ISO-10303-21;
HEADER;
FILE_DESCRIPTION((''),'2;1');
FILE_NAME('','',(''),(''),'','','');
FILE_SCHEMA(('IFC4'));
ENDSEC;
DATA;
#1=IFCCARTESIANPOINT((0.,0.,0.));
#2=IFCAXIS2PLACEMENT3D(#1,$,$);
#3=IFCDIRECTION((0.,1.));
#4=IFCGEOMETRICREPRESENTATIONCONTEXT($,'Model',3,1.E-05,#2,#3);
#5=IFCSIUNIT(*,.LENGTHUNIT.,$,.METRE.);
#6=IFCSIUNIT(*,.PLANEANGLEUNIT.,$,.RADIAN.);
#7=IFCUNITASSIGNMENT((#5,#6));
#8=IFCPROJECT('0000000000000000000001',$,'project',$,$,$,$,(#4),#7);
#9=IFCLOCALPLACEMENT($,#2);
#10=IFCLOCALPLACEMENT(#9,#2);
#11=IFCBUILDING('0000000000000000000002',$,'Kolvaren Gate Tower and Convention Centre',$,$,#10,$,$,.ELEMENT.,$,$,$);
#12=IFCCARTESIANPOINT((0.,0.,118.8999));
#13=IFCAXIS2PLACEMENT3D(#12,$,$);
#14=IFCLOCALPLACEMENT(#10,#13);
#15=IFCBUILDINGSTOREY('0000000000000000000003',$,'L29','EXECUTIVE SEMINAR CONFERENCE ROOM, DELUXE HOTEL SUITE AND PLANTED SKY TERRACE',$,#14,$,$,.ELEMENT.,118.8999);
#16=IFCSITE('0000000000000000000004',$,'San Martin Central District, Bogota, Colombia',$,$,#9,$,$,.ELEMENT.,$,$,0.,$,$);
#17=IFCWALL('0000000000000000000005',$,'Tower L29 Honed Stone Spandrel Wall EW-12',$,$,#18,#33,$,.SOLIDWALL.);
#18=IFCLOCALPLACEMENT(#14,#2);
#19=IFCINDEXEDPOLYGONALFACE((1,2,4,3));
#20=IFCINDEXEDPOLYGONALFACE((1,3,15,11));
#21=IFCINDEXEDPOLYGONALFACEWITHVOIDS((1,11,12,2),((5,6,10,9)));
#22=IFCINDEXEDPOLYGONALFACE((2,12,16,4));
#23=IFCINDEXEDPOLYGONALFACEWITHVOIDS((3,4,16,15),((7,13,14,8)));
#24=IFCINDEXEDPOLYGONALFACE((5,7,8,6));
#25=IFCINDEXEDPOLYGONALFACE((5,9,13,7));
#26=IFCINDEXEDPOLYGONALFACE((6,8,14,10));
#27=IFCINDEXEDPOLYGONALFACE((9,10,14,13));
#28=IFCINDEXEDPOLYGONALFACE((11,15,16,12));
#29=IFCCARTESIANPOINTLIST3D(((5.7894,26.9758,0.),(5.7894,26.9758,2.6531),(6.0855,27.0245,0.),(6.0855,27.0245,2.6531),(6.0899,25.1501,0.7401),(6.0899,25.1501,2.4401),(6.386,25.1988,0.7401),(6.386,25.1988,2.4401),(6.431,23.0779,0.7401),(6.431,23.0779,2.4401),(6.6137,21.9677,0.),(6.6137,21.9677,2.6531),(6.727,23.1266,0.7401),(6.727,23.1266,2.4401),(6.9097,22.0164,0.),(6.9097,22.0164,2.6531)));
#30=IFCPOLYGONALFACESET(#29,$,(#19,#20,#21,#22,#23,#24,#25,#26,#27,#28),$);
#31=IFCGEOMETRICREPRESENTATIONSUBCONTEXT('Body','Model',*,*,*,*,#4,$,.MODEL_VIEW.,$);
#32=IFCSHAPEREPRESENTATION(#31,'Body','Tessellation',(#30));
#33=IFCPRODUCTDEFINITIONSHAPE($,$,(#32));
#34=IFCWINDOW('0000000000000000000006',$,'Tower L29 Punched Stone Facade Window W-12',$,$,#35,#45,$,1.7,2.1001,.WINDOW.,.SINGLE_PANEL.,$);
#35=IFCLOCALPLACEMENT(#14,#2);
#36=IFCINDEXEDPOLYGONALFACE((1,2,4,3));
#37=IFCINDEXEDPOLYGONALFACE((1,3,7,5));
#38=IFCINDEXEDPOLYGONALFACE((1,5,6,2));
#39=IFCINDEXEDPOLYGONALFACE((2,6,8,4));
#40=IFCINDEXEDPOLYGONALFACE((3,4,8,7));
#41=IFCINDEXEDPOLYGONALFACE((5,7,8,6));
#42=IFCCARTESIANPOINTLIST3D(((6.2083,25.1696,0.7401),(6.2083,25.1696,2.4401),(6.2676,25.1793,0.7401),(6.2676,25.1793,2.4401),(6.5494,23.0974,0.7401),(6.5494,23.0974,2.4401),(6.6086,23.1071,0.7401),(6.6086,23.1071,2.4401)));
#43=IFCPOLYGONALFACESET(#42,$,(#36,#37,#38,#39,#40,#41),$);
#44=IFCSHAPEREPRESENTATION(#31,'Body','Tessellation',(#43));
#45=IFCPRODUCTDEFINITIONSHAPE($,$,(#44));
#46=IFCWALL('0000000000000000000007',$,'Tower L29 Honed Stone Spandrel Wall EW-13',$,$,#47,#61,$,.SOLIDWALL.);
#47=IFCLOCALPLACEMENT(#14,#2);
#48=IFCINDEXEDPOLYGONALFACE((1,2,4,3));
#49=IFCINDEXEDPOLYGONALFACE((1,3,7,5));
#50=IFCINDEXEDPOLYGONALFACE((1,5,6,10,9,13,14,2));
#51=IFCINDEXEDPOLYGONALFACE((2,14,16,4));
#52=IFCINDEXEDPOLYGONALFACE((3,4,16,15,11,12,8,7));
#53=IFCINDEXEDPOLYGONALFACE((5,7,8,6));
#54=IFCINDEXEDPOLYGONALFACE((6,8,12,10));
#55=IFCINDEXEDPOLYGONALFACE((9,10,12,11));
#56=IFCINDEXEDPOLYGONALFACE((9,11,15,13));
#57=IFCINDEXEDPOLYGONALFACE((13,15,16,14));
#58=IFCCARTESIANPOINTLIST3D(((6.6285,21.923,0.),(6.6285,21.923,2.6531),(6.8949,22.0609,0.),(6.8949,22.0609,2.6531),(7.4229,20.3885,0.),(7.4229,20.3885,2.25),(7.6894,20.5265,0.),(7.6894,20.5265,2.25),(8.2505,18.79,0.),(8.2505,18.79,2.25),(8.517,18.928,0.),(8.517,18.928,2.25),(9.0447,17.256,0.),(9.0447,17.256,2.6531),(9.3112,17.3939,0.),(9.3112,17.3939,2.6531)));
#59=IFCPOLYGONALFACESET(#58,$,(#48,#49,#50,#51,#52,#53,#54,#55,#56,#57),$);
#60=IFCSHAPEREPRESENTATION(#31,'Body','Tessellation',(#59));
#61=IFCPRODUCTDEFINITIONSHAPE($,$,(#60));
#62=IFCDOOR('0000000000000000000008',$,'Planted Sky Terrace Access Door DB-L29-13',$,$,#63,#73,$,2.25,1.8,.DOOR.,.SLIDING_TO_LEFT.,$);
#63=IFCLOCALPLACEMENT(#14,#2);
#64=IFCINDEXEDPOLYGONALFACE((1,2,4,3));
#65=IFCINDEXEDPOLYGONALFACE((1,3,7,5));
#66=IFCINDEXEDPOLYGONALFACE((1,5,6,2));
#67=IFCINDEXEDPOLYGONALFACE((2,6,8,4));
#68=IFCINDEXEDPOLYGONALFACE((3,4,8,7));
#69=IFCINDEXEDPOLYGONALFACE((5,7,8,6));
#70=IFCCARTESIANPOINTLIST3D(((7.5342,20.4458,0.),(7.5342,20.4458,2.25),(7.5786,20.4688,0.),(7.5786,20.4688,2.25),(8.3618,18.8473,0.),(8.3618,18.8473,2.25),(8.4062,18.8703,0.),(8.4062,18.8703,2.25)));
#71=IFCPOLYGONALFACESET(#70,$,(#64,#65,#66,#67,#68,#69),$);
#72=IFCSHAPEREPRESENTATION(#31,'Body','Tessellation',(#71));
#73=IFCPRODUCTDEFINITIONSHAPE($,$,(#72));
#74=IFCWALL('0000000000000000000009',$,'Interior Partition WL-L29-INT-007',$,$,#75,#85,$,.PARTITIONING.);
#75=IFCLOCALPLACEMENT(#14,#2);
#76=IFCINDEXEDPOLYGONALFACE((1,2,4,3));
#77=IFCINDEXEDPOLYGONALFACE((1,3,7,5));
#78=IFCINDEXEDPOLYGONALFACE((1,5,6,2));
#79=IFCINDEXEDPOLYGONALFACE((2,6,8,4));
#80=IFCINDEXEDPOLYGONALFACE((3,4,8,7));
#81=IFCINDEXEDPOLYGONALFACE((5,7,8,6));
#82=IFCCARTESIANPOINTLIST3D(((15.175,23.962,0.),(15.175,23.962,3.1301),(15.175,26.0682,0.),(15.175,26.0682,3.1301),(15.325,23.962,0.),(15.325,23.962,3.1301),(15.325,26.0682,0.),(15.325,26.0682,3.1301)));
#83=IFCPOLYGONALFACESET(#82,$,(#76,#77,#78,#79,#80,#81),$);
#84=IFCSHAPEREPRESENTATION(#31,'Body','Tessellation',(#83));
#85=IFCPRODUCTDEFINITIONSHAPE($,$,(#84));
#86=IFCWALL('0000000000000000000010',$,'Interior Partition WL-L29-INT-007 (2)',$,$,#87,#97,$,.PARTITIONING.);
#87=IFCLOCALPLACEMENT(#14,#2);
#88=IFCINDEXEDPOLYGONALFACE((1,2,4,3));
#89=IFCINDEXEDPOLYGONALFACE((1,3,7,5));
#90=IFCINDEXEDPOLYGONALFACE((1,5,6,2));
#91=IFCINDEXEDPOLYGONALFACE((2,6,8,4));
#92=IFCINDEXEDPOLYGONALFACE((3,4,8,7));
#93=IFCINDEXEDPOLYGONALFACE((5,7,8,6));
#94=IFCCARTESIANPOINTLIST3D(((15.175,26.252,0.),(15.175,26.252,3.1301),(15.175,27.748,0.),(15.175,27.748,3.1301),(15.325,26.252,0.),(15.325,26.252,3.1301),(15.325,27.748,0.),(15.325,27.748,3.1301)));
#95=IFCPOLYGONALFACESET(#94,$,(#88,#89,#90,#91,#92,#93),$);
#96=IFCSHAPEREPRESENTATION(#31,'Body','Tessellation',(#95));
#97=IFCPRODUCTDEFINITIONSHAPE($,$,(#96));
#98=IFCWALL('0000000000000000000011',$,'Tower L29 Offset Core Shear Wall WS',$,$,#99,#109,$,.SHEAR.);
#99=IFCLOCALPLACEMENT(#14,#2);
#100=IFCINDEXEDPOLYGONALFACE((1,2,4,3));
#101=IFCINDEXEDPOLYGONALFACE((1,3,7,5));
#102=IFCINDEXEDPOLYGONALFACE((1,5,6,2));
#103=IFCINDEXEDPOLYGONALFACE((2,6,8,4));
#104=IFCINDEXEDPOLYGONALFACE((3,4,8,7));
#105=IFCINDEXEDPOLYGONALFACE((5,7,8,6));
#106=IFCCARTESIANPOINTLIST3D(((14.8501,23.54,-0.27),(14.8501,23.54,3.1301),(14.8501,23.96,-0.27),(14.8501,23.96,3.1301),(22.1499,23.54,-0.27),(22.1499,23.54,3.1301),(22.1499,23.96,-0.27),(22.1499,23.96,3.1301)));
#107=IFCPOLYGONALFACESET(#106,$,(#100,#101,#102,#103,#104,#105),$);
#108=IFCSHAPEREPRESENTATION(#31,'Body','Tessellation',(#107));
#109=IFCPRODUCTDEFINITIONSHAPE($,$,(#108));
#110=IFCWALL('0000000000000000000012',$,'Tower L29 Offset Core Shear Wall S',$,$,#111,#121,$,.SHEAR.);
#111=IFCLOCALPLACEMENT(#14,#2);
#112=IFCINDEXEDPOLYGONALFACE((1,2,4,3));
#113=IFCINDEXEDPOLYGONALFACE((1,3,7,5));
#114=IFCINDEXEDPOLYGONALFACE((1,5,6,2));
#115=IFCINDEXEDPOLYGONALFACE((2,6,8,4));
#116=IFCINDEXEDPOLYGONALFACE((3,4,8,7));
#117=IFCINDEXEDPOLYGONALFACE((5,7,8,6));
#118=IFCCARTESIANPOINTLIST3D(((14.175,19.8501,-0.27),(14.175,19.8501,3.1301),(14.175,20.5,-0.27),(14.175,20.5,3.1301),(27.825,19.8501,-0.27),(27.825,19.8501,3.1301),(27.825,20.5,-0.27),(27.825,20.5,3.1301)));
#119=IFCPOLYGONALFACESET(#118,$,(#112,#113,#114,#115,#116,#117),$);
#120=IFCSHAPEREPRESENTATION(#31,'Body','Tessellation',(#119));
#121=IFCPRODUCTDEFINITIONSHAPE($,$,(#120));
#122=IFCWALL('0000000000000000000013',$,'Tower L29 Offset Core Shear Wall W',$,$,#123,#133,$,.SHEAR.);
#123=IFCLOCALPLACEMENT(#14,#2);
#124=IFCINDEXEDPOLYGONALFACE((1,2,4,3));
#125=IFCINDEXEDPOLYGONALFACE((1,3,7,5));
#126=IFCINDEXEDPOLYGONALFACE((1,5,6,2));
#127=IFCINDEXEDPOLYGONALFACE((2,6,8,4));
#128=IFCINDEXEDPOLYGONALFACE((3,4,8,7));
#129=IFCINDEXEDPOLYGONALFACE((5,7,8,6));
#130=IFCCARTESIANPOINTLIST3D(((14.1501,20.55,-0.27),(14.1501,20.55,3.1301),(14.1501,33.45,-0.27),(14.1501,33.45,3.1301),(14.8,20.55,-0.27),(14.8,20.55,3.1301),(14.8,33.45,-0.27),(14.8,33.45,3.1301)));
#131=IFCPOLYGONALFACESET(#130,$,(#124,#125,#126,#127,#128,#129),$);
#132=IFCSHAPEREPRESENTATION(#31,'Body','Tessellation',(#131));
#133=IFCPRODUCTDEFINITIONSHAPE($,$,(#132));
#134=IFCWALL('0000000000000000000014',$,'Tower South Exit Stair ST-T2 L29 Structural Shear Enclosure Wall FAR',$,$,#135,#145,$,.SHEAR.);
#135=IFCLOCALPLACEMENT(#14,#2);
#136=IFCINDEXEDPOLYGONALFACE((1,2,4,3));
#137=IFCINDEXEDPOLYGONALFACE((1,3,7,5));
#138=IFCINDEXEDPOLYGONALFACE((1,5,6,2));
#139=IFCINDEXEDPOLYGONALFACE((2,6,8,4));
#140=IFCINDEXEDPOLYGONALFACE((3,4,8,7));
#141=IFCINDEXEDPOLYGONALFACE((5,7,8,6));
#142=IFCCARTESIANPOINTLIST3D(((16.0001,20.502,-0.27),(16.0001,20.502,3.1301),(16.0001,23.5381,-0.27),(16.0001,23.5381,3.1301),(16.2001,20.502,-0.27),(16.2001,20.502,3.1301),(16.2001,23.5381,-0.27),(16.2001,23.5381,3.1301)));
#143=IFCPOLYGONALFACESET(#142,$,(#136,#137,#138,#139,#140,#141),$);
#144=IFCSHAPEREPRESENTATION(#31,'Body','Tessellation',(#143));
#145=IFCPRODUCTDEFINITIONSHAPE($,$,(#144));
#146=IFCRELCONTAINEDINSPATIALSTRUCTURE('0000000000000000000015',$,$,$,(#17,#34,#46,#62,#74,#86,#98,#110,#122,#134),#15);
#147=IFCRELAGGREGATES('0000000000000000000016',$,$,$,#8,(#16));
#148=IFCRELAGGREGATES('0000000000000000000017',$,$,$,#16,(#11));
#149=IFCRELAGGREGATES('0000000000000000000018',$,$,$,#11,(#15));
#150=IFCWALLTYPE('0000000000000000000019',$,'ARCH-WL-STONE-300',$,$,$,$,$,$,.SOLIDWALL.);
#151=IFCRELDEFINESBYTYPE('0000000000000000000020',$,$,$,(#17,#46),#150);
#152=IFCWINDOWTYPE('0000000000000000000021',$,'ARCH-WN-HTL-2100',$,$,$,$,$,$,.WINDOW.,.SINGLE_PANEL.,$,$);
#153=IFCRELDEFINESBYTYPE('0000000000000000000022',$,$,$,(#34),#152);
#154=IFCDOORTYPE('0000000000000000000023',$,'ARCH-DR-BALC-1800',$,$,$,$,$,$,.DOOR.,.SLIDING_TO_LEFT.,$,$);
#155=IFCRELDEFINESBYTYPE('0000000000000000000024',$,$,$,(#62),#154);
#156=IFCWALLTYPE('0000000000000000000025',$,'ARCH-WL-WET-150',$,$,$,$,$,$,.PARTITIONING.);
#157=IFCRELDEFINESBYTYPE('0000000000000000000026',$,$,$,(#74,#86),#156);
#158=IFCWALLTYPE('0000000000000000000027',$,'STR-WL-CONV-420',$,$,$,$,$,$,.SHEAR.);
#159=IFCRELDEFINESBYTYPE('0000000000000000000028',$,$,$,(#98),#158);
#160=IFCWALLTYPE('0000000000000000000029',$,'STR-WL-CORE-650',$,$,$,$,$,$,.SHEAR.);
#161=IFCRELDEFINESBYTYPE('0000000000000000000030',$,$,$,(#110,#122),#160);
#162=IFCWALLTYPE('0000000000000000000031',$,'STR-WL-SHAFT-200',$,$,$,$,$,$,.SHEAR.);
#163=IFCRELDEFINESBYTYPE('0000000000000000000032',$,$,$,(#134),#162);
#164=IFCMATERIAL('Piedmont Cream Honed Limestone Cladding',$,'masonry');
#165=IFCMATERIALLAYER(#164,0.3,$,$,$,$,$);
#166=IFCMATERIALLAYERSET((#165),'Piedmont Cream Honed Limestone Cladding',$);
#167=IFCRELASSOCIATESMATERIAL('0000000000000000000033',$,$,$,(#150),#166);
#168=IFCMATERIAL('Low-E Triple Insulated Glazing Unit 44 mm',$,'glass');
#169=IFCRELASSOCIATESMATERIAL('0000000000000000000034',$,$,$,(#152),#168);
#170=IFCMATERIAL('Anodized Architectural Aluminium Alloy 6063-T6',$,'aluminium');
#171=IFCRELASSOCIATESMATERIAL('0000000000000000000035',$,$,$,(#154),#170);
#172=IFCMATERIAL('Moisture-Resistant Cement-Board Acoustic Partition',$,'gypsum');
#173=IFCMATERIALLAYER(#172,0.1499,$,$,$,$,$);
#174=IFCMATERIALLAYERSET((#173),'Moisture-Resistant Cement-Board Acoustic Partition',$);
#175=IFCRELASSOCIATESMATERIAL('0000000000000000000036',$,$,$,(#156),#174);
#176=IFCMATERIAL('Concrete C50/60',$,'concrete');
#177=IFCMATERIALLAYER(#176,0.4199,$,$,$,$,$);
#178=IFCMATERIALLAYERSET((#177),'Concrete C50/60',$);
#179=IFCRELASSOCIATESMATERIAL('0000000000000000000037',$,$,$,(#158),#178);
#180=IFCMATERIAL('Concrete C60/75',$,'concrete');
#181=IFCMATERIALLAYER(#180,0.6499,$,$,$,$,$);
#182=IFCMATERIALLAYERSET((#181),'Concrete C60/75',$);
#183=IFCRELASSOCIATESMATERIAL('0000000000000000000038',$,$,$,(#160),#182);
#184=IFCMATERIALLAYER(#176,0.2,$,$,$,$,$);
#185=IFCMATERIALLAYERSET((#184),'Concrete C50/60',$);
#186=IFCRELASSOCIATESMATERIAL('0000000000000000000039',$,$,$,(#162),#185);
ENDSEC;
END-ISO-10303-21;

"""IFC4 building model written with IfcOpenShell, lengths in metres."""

from ifc_helpers import new_model, si_unit, direction, frame, frame_2d, origin, place, context, subcontext, project, spatial, rectangle, extrude, material, layer, layer_set, type_object, element, fill, save


model = new_model("IFC4")

# Units and contexts
model_context = context("Model", 3, precision=1e-05, world=origin(), true_north=direction((0.0, 1.0)))
body_context = subcontext(model_context, "Body", "Model", "MODEL_VIEW")
ifc_project = project(units=[si_unit("LENGTHUNIT", "METRE"), si_unit("PLANEANGLEUNIT", "RADIAN")], contexts=[model_context])

# Site, building, storey
site_placement = place(None, origin())
site = spatial("IfcSite", under=ifc_project, at=site_placement, Name="San Martin Central District, Bogota, Colombia", CompositionType="ELEMENT", RefElevation=0.0)
building_placement = place(site_placement, origin())
building = spatial("IfcBuilding", under=site, at=building_placement, Name="Kolvaren Gate Tower and Convention Centre", CompositionType="ELEMENT")
storey_placement = place(building_placement, frame((0.0, 0.0, 118.8999)))
storey = spatial("IfcBuildingStorey", under=building, at=storey_placement, Name="L29", Description="EXECUTIVE SEMINAR CONFERENCE ROOM, DELUXE HOTEL SUITE AND PLANTED SKY TERRACE", CompositionType="ELEMENT", Elevation=118.8999)

# Shared definitions
ifc_material_1 = material(Name="Concrete C60/75", Category="concrete")

# Shared definitions
ifc_material_2 = material(Name="Piedmont Cream Honed Limestone Cladding", Category="masonry")

# Shared definitions
ifc_layer_1 = layer(ifc_material_2, 0.3)
ifc_layer_set_1 = layer_set([ifc_layer_1], Name="Piedmont Cream Honed Limestone Cladding")
wall_type_1 = type_object("IfcWallType", Name="ARCH-WL-STONE-300", PredefinedType="SOLIDWALL", material=ifc_layer_set_1)
ifc_material_3 = material(Name="Low-E Triple Insulated Glazing Unit 44 mm", Category="glass")

# Wall, opening, window
wall_1_placement = place(storey_placement, frame((5.9375, 27.0, 0.0), z_axis=(0.0, 0.0, 1.0), x_axis=(0.162394, -0.986726, 0.0)))
wall_1 = element("IfcWall", 1, at=wall_1_placement, inside=storey, type_object=wall_type_1, Name="Tower L29 Honed Stone Spandrel Wall EW-12", PredefinedType="SOLIDWALL", context=body_context, shape_type="SweptSolid", body=[
    extrude(rectangle(XDim=5.0754, YDim=0.3, at=frame_2d((2.5376, 0.0))), origin(), (0.0, 0.0, 1.0), 2.6531),
])
opening_1_placement = place(wall_1_placement, frame((1.8501, 0.0, 0.74)))
opening_1 = element("IfcOpeningElement", 2, at=opening_1_placement, cuts=wall_1, PredefinedType="OPENING", context=body_context, shape_type="SweptSolid", body=[
    extrude(rectangle(XDim=2.1001, YDim=1.7, at=frame_2d((1.05, 0.8501))), frame((0.0, 0.1599, 0.0), z_axis=(0.0, -1.0, 0.0), x_axis=(1.0, 0.0, 0.0)), (0.0, 0.0, 1.0), 0.3201),
])
window_type_1 = type_object("IfcWindowType", Name="ARCH-WN-HTL-2100", PartitioningType="SINGLE_PANEL", PredefinedType="WINDOW", material=ifc_material_3)
window_1_placement = place(opening_1_placement, origin())
window_1 = element("IfcWindow", 3, at=window_1_placement, inside=storey, type_object=window_type_1, Name="Tower L29 Punched Stone Facade Window W-12", OverallHeight=1.7, OverallWidth=2.1001, PartitioningType="SINGLE_PANEL", PredefinedType="WINDOW", context=body_context, shape_type="SweptSolid", body=[
    extrude(rectangle(XDim=2.1001, YDim=1.7, at=frame_2d((1.05, 0.8501))), frame((0.0, 0.03, 0.0), z_axis=(0.0, -1.0, 0.0), x_axis=(1.0, 0.0, 0.0)), (0.0, 0.0, 1.0), 0.0601),
])
fill(opening_1, window_1)

# Wall, opening, door
wall_2_placement = place(storey_placement, frame((6.7617, 21.9919, 0.0), z_axis=(0.0, 0.0, 1.0), x_axis=(0.459768, -0.888039, 0.0)))
wall_2 = element("IfcWall", 4, at=wall_2_placement, inside=storey, type_object=wall_type_1, Name="Tower L29 Honed Stone Spandrel Wall EW-13", PredefinedType="SOLIDWALL", context=body_context, shape_type="SweptSolid", body=[
    extrude(rectangle(XDim=5.2554, YDim=0.3, at=frame_2d((2.6277, 0.0))), origin(), (0.0, 0.0, 1.0), 2.6531),
])
opening_2_placement = place(wall_2_placement, frame((1.728, 0.0, 0.0)))
opening_2 = element("IfcOpeningElement", 5, at=opening_2_placement, cuts=wall_2, PredefinedType="OPENING", context=body_context, shape_type="SweptSolid", body=[
    extrude(rectangle(XDim=1.8, YDim=2.25, at=frame_2d((0.8999, 1.125))), frame((0.0, 0.1599, 0.0), z_axis=(0.0, -1.0, 0.0), x_axis=(1.0, 0.0, 0.0)), (0.0, 0.0, 1.0), 0.3201),
])
ifc_material_4 = material(Name="Anodized Architectural Aluminium Alloy 6063-T6", Category="aluminium")
door_type_1 = type_object("IfcDoorType", Name="ARCH-DR-BALC-1800", OperationType="SLIDING_TO_LEFT", PredefinedType="DOOR", material=ifc_material_4)
door_1_placement = place(opening_2_placement, frame((1.8, 0.0, 0.0), z_axis=(0.0, 0.0, 1.0), x_axis=(-1.0, 0.0, 0.0)))
door_1 = element("IfcDoor", 6, at=door_1_placement, inside=storey, type_object=door_type_1, Name="Planted Sky Terrace Access Door DB-L29-13", OperationType="SLIDING_TO_LEFT", OverallHeight=2.25, OverallWidth=1.8, PredefinedType="DOOR", context=body_context, shape_type="SweptSolid", body=[
    extrude(rectangle(XDim=1.8, YDim=2.25, at=frame_2d((0.8999, 1.125))), frame((0.0, 0.0249, 0.0), z_axis=(0.0, -1.0, 0.0), x_axis=(1.0, 0.0, 0.0)), (0.0, 0.0, 1.0), 0.05),
])
fill(opening_2, door_1)

# Walls
ifc_material_5 = material(Name="Moisture-Resistant Cement-Board Acoustic Partition", Category="gypsum")
ifc_layer_2 = layer(ifc_material_5, 0.1499)
ifc_layer_set_2 = layer_set([ifc_layer_2], Name="Moisture-Resistant Cement-Board Acoustic Partition")
wall_type_2 = type_object("IfcWallType", Name="ARCH-WL-WET-150", PredefinedType="PARTITIONING", material=ifc_layer_set_2)
wall_3_placement = place(storey_placement, frame((15.25, 23.9619, 0.0), z_axis=(0.0, 0.0, 1.0), x_axis=(0.0, 1.0, 0.0)))
element("IfcWall", 7, at=wall_3_placement, inside=storey, type_object=wall_type_2, Name="Interior Partition WL-L29-INT-007", PredefinedType="PARTITIONING", context=body_context, shape_type="SweptSolid", body=[
    extrude(rectangle(XDim=2.1062, YDim=0.1499, at=frame_2d((1.0532, 0.0))), origin(), (0.0, 0.0, 1.0), 3.1301),
])
wall_4_placement = place(storey_placement, frame((15.25, 26.252, 0.0), z_axis=(0.0, 0.0, 1.0), x_axis=(0.0, 1.0, 0.0)))
element("IfcWall", 8, at=wall_4_placement, inside=storey, type_object=wall_type_2, Name="Interior Partition WL-L29-INT-007 (2)", PredefinedType="PARTITIONING", context=body_context, shape_type="SweptSolid", body=[
    extrude(rectangle(XDim=1.4961, YDim=0.1499, at=frame_2d((0.748, 0.0))), origin(), (0.0, 0.0, 1.0), 3.1301),
])
ifc_material_6 = material(Name="Concrete C50/60", Category="concrete")
ifc_layer_3 = layer(ifc_material_6, 0.4199)
ifc_layer_set_3 = layer_set([ifc_layer_3], Name="Concrete C50/60")
wall_type_3 = type_object("IfcWallType", Name="STR-WL-CONV-420", PredefinedType="SHEAR", material=ifc_layer_set_3)
wall_5_placement = place(storey_placement, frame((14.8501, 23.75, -0.27), z_axis=(0.0, 0.0, 1.0), x_axis=(1.0, 0.0, 0.0)))
element("IfcWall", 9, at=wall_5_placement, inside=storey, type_object=wall_type_3, Name="Tower L29 Offset Core Shear Wall WS", PredefinedType="SHEAR", context=body_context, shape_type="SweptSolid", body=[
    extrude(rectangle(XDim=7.2998, YDim=0.4199, at=frame_2d((3.6499, 0.0))), origin(), (0.0, 0.0, 1.0), 3.4001),
])
ifc_layer_4 = layer(ifc_material_1, 0.6499)
ifc_layer_set_4 = layer_set([ifc_layer_4], Name="Concrete C60/75")
wall_type_4 = type_object("IfcWallType", Name="STR-WL-CORE-650", PredefinedType="SHEAR", material=ifc_layer_set_4)
wall_6_placement = place(storey_placement, frame((14.175, 20.175, -0.27), z_axis=(0.0, 0.0, 1.0), x_axis=(1.0, 0.0, 0.0)))
element("IfcWall", 10, at=wall_6_placement, inside=storey, type_object=wall_type_4, Name="Tower L29 Offset Core Shear Wall S", PredefinedType="SHEAR", context=body_context, shape_type="SweptSolid", body=[
    extrude(rectangle(XDim=13.6499, YDim=0.6499, at=frame_2d((6.825, 0.0))), origin(), (0.0, 0.0, 1.0), 3.4001),
])
wall_7_placement = place(storey_placement, frame((14.4751, 20.55, -0.27), z_axis=(0.0, 0.0, 1.0), x_axis=(0.0, 1.0, 0.0)))
element("IfcWall", 11, at=wall_7_placement, inside=storey, type_object=wall_type_4, Name="Tower L29 Offset Core Shear Wall W", PredefinedType="SHEAR", context=body_context, shape_type="SweptSolid", body=[
    extrude(rectangle(XDim=12.8999, YDim=0.6499, at=frame_2d((6.45, 0.0))), origin(), (0.0, 0.0, 1.0), 3.4001),
])
ifc_layer_5 = layer(ifc_material_6, 0.2)
ifc_layer_set_5 = layer_set([ifc_layer_5], Name="Concrete C50/60")
wall_type_5 = type_object("IfcWallType", Name="STR-WL-SHAFT-200", PredefinedType="SHEAR", material=ifc_layer_set_5)
wall_8_placement = place(storey_placement, frame((16.1001, 20.502, -0.27), z_axis=(0.0, 0.0, 1.0), x_axis=(0.0, 1.0, 0.0)))
element("IfcWall", 12, at=wall_8_placement, inside=storey, type_object=wall_type_5, Name="Tower South Exit Stair ST-T2 L29 Structural Shear Enclosure Wall FAR", PredefinedType="SHEAR", context=body_context, shape_type="SweptSolid", body=[
    extrude(rectangle(XDim=3.0361, YDim=0.2, at=frame_2d((1.5181, 0.0))), origin(), (0.0, 0.0, 1.0), 3.4001),
])

save(model, "model.ifc")
